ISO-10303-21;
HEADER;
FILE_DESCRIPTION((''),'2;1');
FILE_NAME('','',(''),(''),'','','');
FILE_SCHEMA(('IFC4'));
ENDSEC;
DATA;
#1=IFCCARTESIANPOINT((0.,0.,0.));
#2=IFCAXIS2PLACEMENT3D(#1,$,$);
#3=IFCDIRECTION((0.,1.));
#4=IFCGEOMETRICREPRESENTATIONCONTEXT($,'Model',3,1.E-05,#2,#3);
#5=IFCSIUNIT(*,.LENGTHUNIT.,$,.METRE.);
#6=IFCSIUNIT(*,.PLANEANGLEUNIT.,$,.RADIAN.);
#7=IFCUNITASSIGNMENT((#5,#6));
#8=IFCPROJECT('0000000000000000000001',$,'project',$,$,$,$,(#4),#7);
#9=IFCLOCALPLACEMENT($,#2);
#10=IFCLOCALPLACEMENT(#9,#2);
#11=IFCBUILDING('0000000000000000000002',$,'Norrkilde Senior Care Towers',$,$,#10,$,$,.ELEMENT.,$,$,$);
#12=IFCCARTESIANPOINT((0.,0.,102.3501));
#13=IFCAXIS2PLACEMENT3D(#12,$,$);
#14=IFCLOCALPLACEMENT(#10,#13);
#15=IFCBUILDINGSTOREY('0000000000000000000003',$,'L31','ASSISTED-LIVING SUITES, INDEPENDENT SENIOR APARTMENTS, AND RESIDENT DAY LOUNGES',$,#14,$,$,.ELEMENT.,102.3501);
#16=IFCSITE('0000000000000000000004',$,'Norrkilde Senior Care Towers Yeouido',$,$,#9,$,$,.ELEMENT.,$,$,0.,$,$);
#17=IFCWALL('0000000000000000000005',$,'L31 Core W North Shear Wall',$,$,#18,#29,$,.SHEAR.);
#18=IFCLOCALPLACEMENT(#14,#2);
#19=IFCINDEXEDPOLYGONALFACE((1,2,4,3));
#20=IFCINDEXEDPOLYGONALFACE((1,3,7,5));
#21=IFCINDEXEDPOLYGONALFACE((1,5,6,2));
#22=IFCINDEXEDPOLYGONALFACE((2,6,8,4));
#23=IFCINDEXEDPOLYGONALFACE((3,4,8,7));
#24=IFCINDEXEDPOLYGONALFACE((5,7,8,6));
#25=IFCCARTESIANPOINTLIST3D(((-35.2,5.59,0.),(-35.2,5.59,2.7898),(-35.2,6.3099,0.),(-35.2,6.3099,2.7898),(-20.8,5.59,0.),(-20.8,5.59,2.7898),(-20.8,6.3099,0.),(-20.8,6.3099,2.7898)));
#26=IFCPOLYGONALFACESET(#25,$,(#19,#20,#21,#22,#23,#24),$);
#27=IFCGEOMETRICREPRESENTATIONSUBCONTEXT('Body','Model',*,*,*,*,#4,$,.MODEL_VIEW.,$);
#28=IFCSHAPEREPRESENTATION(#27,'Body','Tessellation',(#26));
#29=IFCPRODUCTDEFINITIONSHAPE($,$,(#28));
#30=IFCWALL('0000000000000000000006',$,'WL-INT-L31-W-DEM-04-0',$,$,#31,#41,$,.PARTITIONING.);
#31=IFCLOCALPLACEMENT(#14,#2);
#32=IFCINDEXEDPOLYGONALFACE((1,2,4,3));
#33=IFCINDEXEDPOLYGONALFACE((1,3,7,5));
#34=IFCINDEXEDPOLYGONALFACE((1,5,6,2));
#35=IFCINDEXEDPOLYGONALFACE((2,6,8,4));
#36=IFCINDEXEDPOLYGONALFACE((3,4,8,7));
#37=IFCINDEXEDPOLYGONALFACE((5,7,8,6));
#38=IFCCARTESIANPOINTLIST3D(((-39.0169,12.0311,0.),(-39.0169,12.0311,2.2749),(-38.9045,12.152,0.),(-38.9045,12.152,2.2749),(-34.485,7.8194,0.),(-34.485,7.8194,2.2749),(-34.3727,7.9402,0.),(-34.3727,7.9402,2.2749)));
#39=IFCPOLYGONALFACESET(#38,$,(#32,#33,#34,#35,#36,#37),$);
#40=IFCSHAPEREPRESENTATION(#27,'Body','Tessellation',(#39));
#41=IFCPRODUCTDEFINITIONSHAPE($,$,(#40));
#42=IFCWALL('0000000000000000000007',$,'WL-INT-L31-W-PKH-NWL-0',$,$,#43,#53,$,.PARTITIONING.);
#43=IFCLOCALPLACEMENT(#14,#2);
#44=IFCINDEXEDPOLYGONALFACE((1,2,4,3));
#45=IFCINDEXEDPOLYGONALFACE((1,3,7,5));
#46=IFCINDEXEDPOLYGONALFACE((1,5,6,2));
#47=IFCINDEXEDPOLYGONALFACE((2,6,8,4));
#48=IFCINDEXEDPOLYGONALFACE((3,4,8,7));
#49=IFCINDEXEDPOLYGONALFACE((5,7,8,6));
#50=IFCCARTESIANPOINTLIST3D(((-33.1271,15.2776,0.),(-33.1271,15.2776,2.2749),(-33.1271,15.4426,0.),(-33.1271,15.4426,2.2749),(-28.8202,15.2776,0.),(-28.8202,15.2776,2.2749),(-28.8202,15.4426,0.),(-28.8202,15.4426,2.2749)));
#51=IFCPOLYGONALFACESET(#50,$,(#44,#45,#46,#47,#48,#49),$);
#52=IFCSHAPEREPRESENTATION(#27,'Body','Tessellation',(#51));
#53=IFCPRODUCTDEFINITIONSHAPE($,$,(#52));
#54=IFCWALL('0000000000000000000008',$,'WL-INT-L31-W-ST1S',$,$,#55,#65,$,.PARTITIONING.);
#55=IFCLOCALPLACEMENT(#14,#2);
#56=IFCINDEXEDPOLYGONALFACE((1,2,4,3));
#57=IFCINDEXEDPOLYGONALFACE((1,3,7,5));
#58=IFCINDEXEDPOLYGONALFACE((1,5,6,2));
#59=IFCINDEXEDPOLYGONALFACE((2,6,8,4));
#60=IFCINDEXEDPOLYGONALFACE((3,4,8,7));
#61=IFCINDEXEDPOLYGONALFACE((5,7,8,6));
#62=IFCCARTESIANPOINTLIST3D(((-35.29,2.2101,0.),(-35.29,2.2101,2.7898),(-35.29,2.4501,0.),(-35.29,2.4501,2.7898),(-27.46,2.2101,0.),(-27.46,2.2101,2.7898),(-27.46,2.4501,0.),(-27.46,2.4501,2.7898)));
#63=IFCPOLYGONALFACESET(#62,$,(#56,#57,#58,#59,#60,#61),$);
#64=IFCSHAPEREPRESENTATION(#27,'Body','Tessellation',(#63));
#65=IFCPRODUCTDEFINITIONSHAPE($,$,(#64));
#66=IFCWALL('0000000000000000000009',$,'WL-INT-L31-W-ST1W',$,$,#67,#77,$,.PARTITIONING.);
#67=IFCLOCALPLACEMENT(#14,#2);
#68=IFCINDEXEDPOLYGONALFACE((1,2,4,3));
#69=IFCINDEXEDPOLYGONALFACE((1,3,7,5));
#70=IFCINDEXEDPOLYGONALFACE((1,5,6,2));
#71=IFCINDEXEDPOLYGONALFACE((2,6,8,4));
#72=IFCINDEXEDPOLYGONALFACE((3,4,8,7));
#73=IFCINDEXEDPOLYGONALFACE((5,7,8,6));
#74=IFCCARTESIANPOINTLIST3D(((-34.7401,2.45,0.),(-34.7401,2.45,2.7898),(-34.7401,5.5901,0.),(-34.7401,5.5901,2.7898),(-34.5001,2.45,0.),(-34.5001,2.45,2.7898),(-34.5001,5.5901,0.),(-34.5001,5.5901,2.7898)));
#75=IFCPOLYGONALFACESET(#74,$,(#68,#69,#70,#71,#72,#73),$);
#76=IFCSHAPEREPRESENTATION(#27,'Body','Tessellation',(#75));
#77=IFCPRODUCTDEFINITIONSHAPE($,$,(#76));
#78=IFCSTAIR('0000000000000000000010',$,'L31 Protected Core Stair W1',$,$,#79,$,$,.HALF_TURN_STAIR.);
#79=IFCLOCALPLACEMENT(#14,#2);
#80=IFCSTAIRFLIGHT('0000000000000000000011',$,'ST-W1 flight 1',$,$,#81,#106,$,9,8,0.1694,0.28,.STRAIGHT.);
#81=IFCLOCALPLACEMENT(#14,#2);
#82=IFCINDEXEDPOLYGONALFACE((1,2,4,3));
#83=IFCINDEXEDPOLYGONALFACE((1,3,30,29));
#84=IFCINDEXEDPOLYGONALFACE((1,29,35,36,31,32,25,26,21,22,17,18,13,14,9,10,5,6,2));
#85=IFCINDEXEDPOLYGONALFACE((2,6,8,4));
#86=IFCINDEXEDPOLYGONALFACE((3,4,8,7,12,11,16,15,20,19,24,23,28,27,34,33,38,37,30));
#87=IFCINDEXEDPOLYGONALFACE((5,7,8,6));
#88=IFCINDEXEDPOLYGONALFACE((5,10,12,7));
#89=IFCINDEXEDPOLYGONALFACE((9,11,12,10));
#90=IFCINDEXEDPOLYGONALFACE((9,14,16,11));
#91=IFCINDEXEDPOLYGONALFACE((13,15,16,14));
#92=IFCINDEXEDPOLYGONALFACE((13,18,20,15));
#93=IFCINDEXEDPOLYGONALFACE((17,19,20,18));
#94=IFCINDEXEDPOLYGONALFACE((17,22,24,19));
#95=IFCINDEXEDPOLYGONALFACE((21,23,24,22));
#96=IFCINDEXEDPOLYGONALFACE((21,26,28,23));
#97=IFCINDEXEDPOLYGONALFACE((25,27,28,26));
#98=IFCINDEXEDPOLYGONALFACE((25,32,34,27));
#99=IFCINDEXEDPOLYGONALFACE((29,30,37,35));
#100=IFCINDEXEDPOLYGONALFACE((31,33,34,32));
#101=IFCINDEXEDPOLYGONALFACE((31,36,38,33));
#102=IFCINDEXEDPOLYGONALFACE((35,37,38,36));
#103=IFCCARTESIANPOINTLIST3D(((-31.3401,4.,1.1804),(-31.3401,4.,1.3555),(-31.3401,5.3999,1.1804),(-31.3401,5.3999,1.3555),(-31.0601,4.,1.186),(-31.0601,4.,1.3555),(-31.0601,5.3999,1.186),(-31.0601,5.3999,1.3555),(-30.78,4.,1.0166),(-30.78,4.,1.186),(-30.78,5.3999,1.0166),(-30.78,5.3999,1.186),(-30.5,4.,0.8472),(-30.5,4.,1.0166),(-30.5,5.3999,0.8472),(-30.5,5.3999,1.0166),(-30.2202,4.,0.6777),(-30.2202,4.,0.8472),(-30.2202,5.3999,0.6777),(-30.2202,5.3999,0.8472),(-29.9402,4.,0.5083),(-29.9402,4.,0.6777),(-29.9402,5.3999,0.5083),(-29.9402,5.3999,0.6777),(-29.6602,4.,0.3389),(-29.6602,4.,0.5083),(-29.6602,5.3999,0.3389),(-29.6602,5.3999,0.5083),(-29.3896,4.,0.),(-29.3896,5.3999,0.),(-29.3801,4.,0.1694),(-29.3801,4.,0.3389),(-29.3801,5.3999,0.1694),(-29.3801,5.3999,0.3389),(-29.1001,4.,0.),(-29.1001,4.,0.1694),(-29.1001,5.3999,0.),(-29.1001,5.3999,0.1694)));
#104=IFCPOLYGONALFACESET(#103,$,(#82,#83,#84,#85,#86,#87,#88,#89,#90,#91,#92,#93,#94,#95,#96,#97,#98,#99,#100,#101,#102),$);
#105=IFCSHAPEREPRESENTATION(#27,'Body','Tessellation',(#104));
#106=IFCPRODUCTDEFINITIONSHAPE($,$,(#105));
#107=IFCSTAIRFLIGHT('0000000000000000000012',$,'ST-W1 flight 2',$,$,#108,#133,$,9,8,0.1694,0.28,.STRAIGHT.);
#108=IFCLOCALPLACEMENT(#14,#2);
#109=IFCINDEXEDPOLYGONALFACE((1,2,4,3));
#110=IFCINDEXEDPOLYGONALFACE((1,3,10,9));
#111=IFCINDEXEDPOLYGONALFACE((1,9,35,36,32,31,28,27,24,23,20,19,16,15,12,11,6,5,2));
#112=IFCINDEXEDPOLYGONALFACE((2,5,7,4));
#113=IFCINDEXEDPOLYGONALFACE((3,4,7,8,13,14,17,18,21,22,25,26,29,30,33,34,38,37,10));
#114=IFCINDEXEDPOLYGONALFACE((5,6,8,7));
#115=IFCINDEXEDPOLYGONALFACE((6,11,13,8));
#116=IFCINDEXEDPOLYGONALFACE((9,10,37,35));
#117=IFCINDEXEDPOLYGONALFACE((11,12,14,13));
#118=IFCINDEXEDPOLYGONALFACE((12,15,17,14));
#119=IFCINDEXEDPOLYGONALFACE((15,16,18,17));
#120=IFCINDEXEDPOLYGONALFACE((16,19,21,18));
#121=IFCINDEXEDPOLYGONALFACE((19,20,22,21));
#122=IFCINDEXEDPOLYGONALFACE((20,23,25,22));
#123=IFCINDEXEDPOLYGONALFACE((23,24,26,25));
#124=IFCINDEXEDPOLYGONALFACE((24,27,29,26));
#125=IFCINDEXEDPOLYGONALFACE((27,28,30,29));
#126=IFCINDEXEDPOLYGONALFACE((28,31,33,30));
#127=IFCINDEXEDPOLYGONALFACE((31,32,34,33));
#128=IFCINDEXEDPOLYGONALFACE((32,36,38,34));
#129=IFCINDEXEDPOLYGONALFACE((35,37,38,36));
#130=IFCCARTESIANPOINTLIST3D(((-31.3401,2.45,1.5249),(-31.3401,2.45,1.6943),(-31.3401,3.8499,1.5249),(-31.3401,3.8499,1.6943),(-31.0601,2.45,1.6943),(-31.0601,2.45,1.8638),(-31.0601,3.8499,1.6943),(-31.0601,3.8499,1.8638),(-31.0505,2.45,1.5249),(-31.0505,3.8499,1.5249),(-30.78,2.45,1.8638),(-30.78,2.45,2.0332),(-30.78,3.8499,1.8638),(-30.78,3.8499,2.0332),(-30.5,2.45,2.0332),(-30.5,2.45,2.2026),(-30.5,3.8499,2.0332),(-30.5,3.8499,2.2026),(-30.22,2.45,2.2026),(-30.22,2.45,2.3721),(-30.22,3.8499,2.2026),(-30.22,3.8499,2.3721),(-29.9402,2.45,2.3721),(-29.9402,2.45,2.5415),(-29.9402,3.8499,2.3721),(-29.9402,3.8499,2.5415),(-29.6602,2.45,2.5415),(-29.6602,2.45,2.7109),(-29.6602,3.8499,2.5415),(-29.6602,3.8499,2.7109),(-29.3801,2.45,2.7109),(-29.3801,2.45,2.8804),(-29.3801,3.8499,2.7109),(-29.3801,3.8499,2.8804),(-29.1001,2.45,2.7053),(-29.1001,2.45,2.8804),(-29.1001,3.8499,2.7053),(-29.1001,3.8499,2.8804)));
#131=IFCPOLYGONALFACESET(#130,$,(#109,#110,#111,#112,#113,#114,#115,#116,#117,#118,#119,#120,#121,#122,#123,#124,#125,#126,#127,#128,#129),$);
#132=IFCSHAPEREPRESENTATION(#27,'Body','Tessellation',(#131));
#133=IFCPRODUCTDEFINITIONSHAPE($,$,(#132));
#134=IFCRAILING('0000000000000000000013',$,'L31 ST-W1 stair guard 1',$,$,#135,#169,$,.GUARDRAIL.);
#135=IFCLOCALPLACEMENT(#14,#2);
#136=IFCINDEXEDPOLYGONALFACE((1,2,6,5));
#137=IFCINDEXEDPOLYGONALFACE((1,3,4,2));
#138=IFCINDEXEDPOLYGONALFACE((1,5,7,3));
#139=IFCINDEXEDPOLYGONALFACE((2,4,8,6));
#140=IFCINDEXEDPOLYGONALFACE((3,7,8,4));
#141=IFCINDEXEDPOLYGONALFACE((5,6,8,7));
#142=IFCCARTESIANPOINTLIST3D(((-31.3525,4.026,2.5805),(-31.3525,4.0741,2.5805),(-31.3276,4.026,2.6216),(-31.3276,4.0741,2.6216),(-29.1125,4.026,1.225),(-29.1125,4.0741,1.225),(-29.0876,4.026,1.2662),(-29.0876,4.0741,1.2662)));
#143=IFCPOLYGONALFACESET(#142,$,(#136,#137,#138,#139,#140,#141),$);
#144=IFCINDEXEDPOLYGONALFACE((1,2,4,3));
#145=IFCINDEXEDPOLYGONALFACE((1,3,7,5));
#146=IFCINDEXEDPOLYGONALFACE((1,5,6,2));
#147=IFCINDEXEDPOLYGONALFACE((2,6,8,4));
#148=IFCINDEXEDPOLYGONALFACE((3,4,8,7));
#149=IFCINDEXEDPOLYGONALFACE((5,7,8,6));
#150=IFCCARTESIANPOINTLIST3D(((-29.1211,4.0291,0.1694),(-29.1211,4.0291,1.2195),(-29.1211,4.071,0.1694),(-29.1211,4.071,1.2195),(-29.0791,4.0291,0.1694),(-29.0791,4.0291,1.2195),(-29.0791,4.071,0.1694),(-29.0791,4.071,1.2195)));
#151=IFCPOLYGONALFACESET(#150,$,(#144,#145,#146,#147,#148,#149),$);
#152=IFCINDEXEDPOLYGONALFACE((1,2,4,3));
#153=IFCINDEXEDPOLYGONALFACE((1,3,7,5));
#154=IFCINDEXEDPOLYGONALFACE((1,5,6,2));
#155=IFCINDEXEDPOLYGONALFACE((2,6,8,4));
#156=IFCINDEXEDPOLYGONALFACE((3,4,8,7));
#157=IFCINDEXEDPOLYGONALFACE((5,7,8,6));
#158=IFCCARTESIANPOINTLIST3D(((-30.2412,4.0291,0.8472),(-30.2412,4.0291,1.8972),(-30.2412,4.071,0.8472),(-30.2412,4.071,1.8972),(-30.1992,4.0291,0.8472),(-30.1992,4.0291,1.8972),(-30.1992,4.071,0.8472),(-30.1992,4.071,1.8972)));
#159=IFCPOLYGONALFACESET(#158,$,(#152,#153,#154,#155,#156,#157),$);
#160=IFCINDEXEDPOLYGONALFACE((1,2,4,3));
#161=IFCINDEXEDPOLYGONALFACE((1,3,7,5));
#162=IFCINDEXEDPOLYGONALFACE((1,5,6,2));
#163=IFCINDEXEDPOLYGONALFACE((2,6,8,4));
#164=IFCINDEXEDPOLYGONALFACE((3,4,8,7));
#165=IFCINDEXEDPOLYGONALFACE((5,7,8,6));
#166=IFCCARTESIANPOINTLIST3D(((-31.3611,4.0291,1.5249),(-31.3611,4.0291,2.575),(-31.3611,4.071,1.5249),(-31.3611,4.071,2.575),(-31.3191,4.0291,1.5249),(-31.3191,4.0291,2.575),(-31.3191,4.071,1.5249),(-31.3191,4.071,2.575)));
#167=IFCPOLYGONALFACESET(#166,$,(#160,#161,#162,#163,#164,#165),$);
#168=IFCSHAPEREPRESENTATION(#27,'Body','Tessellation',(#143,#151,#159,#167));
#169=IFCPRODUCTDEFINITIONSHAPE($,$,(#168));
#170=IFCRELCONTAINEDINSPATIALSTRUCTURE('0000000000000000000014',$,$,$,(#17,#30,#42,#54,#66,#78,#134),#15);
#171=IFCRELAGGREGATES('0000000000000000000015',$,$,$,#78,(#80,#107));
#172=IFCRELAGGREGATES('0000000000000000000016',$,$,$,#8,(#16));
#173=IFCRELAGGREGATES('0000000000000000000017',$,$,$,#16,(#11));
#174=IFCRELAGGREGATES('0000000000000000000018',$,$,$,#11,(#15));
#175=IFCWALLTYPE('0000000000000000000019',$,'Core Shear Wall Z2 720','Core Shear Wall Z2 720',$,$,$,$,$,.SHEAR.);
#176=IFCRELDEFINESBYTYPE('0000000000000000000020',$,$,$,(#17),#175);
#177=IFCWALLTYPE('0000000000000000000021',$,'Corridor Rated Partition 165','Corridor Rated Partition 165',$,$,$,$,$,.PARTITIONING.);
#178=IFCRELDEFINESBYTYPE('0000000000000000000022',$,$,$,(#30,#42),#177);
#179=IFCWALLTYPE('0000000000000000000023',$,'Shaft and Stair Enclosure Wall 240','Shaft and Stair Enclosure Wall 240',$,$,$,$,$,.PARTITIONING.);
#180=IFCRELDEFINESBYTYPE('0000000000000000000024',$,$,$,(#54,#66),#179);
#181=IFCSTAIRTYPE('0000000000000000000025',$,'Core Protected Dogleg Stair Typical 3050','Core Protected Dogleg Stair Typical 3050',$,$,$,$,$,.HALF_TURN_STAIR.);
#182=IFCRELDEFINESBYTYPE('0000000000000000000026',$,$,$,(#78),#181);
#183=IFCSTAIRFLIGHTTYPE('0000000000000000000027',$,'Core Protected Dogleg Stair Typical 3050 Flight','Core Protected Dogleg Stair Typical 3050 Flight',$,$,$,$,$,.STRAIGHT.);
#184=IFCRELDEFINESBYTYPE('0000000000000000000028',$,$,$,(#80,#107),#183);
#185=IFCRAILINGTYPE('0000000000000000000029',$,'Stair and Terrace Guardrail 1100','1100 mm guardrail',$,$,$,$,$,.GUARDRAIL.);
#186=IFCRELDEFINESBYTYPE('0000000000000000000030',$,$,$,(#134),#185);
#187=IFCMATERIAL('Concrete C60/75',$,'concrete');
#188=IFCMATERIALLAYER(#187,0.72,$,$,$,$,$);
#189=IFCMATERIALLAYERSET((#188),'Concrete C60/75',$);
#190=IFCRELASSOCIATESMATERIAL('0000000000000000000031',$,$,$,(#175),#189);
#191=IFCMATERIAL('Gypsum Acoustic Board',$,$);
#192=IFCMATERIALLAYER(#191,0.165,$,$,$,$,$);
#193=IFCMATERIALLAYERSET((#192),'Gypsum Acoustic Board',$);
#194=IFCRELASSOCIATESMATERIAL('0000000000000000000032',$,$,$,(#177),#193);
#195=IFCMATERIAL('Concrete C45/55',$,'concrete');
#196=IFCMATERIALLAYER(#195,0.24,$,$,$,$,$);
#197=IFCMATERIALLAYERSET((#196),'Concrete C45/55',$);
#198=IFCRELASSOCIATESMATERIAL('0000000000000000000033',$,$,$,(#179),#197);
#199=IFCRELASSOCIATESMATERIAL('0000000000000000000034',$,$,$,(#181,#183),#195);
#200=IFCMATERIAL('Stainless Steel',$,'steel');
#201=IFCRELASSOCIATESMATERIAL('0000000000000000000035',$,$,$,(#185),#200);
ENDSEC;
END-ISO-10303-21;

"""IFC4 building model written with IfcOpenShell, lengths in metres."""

from ifc_helpers import new_model, si_unit, direction, frame, frame_2d, origin, origin_2d, place, context, subcontext, project, spatial, polyline, rectangle, outline, extrude, source, transform, mapped, material, layer, layer_set, type_object, type_shapes, element, aggregate, save


model = new_model("IFC4")

# Units and contexts
model_context = context("Model", 3, precision=1e-05, world=origin(), true_north=direction((0.0, 1.0)))
body_context = subcontext(model_context, "Body", "Model", "MODEL_VIEW")
ifc_project = project(units=[si_unit("LENGTHUNIT", "METRE"), si_unit("PLANEANGLEUNIT", "RADIAN")], contexts=[model_context])

# Site, building, storey
site_placement = place(None, origin())
site = spatial("IfcSite", under=ifc_project, at=site_placement, Name="Norrkilde Senior Care Towers Yeouido", CompositionType="ELEMENT", RefElevation=0.0)
building_placement = place(site_placement, origin())
building = spatial("IfcBuilding", under=site, at=building_placement, Name="Norrkilde Senior Care Towers", CompositionType="ELEMENT")
storey_placement = place(building_placement, frame((0.0, 0.0, 102.3501)))
storey = spatial("IfcBuildingStorey", under=building, at=storey_placement, Name="L31", Description="ASSISTED-LIVING SUITES, INDEPENDENT SENIOR APARTMENTS, AND RESIDENT DAY LOUNGES", CompositionType="ELEMENT", Elevation=102.3501)

# Shared definitions
ifc_material_1 = material(Name="Concrete C60/75", Category="concrete")

# Walls
ifc_layer_1 = layer(ifc_material_1, 0.72)
ifc_layer_set_1 = layer_set([ifc_layer_1], Name="Concrete C60/75")
wall_type_1 = type_object("IfcWallType", Name="Core Shear Wall Z2 720", Description="Core Shear Wall Z2 720", PredefinedType="SHEAR", material=ifc_layer_set_1)
shared_shape_1 = source(origin(), body_context, "Body", "SweptSolid", [
    extrude(rectangle(XDim=14.3999, YDim=0.72, at=frame_2d((7.2, 0.0))), origin(), (0.0, 0.0, 1.0), 2.7898),
])
type_shapes(wall_type_1, [shared_shape_1])
wall_1_placement = place(storey_placement, frame((-35.2, 5.95, 0.0), z_axis=(0.0, 0.0, 1.0), x_axis=(1.0, 0.0, 0.0)))
element("IfcWall", 1, at=wall_1_placement, inside=storey, type_object=wall_type_1, Name="L31 Core W North Shear Wall", PredefinedType="SHEAR", context=body_context, shape_type="MappedRepresentation", body=[
    mapped(shared_shape_1, transform((0.0, 0.0, 0.0), x_axis=(1.0, 0.0, 0.0), y_axis=(0.0, 1.0, 0.0), z_axis=(0.0, 0.0, 1.0), scale=1.0)),
])
ifc_material_2 = material(Name="Gypsum Acoustic Board")
ifc_layer_2 = layer(ifc_material_2, 0.165)
ifc_layer_set_2 = layer_set([ifc_layer_2], Name="Gypsum Acoustic Board")
wall_type_2 = type_object("IfcWallType", Name="Corridor Rated Partition 165", Description="Corridor Rated Partition 165", PredefinedType="PARTITIONING", material=ifc_layer_set_2)
shared_shape_2 = source(origin(), body_context, "Body", "SweptSolid", [
    extrude(rectangle(XDim=6.1868, YDim=0.165, at=frame_2d((3.0933, 0.0))), origin(), (0.0, 0.0, 1.0), 2.2749),
])
wall_2_placement = place(storey_placement, frame((-34.429, 7.8799, 0.0), z_axis=(0.0, 0.0, 1.0), x_axis=(-0.732501, 0.680766, 0.0)))
element("IfcWall", 2, at=wall_2_placement, inside=storey, type_object=wall_type_2, Name="WL-INT-L31-W-DEM-04-0", PredefinedType="PARTITIONING", context=body_context, shape_type="MappedRepresentation", body=[
    mapped(shared_shape_2, transform((0.0, 0.0, 0.0), x_axis=(1.0, 0.0, 0.0), y_axis=(0.0, 1.0, 0.0), z_axis=(0.0, 0.0, 1.0), scale=1.0)),
])
shared_shape_3 = source(origin(), body_context, "Body", "SweptSolid", [
    extrude(rectangle(XDim=4.3069, YDim=0.165, at=frame_2d((2.1533, 0.0))), origin(), (0.0, 0.0, 1.0), 2.2749),
])
type_shapes(wall_type_2, [shared_shape_2, shared_shape_3])
wall_3_placement = place(storey_placement, frame((-33.127, 15.3601, 0.0), z_axis=(0.0, 0.0, 1.0), x_axis=(1.0, 0.0, 0.0)))
element("IfcWall", 3, at=wall_3_placement, inside=storey, type_object=wall_type_2, Name="WL-INT-L31-W-PKH-NWL-0", PredefinedType="PARTITIONING", context=body_context, shape_type="MappedRepresentation", body=[
    mapped(shared_shape_3, transform((0.0, 0.0, 0.0), x_axis=(1.0, 0.0, 0.0), y_axis=(0.0, 1.0, 0.0), z_axis=(0.0, 0.0, 1.0), scale=1.0)),
])
ifc_material_3 = material(Name="Concrete C45/55", Category="concrete")
ifc_layer_3 = layer(ifc_material_3, 0.24)
ifc_layer_set_3 = layer_set([ifc_layer_3], Name="Concrete C45/55")
wall_type_3 = type_object("IfcWallType", Name="Shaft and Stair Enclosure Wall 240", Description="Shaft and Stair Enclosure Wall 240", PredefinedType="PARTITIONING", material=ifc_layer_set_3)
shared_shape_4 = source(origin(), body_context, "Body", "SweptSolid", [
    extrude(rectangle(XDim=7.8301, YDim=0.24, at=frame_2d((3.915, 0.0))), origin(), (0.0, 0.0, 1.0), 2.7898),
])
wall_4_placement = place(storey_placement, frame((-35.29, 2.3301, 0.0), z_axis=(0.0, 0.0, 1.0), x_axis=(1.0, 0.0, 0.0)))
element("IfcWall", 4, at=wall_4_placement, inside=storey, type_object=wall_type_3, Name="WL-INT-L31-W-ST1S", PredefinedType="PARTITIONING", context=body_context, shape_type="MappedRepresentation", body=[
    mapped(shared_shape_4, transform((0.0, 0.0, 0.0), x_axis=(1.0, 0.0, 0.0), y_axis=(0.0, 1.0, 0.0), z_axis=(0.0, 0.0, 1.0), scale=1.0)),
])
shared_shape_5 = source(origin(), body_context, "Body", "SweptSolid", [
    extrude(rectangle(XDim=3.1401, YDim=0.24, at=frame_2d((1.5701, 0.0))), origin(), (0.0, 0.0, 1.0), 2.7898),
])
type_shapes(wall_type_3, [shared_shape_4, shared_shape_5])
wall_5_placement = place(storey_placement, frame((-34.6201, 2.45, 0.0), z_axis=(0.0, 0.0, 1.0), x_axis=(0.0, 1.0, 0.0)))
element("IfcWall", 5, at=wall_5_placement, inside=storey, type_object=wall_type_3, Name="WL-INT-L31-W-ST1W", PredefinedType="PARTITIONING", context=body_context, shape_type="MappedRepresentation", body=[
    mapped(shared_shape_5, transform((0.0, 0.0, 0.0), x_axis=(1.0, 0.0, 0.0), y_axis=(0.0, 1.0, 0.0), z_axis=(0.0, 0.0, 1.0), scale=1.0)),
])

# Stair, stair flights
stair_type = type_object("IfcStairType", Name="Core Protected Dogleg Stair Typical 3050", Description="Core Protected Dogleg Stair Typical 3050", PredefinedType="HALF_TURN_STAIR", material=ifc_material_3)
stair_placement = place(storey_placement, origin())
stair = element("IfcStair", 6, at=stair_placement, inside=storey, type_object=stair_type, Name="L31 Protected Core Stair W1", PredefinedType="HALF_TURN_STAIR")
stair_flight_type = type_object("IfcStairFlightType", Name="Core Protected Dogleg Stair Typical 3050 Flight", Description="Core Protected Dogleg Stair Typical 3050 Flight", PredefinedType="STRAIGHT", material=ifc_material_3)
stair_flight_1_placement = place(storey_placement, frame((-29.1001, 4.7, 0.0), z_axis=(0.0, 0.0, 1.0), x_axis=(-1.0, 0.0, 0.0)))
stair_flight_1 = element("IfcStairFlight", 7, at=stair_flight_1_placement, type_object=stair_flight_type, Name="ST-W1 flight 1", NumberOfRisers=9, NumberOfTreads=8, PredefinedType="STRAIGHT", RiserHeight=0.1694, TreadLength=0.28, context=body_context, shape_type="SweptSolid", body=[
    extrude(outline(polyline([(0.0, 0.0), (0.0, 0.1694), (0.28, 0.1694), (0.28, 0.3389), (0.5601, 0.3389), (0.5601, 0.5083), (0.8401, 0.5083), (0.8401, 0.6777), (1.1201, 0.6777), (1.1201, 0.8472), (1.3999, 0.8472), (1.3999, 1.0166), (1.6799, 1.0166), (1.6799, 1.186), (1.96, 1.186), (1.96, 1.3555), (2.24, 1.3555), (2.24, 1.5249), (2.24, 1.1804), (0.2896, 0.0), (0.0, 0.0)])), frame((0.0, 0.7, 0.0), z_axis=(0.0, -1.0, 0.0), x_axis=(1.0, 0.0, 0.0)), (0.0, 0.0, 1.0), 1.3999),
])
stair_flight_2_placement = place(storey_placement, frame((-31.3401, 3.1499, 1.5249), z_axis=(0.0, 0.0, 1.0), x_axis=(1.0, 0.0, 0.0)))
stair_flight_2 = element("IfcStairFlight", 8, at=stair_flight_2_placement, type_object=stair_flight_type, Name="ST-W1 flight 2", NumberOfRisers=9, NumberOfTreads=8, PredefinedType="STRAIGHT", RiserHeight=0.1694, TreadLength=0.28, context=body_context, shape_type="SweptSolid", body=[
    extrude(outline(polyline([(0.0, 0.0), (0.0, 0.1694), (0.28, 0.1694), (0.28, 0.3389), (0.5601, 0.3389), (0.5601, 0.5083), (0.8401, 0.5083), (0.8401, 0.6777), (1.1201, 0.6777), (1.1201, 0.8472), (1.3999, 0.8472), (1.3999, 1.0166), (1.6799, 1.0166), (1.6799, 1.186), (1.96, 1.186), (1.96, 1.3555), (2.24, 1.3555), (2.24, 1.5249), (2.24, 1.1804), (0.2896, 0.0), (0.0, 0.0)])), frame((0.0, 0.7, 0.0), z_axis=(0.0, -1.0, 0.0), x_axis=(1.0, 0.0, 0.0)), (0.0, 0.0, 1.0), 1.3999),
])
aggregate(stair, [stair_flight_1, stair_flight_2])

# Railing
ifc_material_4 = material(Name="Stainless Steel", Category="steel")
railing_type_1 = type_object("IfcRailingType", Name="Stair and Terrace Guardrail 1100", Description="1100 mm guardrail", PredefinedType="GUARDRAIL", material=ifc_material_4)
railing_1_placement = place(storey_placement, frame((-29.1001, 4.05, 0.1694)))
element("IfcRailing", 9, at=railing_1_placement, inside=storey, type_object=railing_type_1, Name="L31 ST-W1 stair guard 1", PredefinedType="GUARDRAIL", context=body_context, shape_type="SweptSolid", body=[
    extrude(rectangle(XDim=0.0481, YDim=0.0481, at=origin_2d()), frame((0.0, 0.0, 1.0762), z_axis=(-0.855553, 0.0, 0.517715), x_axis=(0.0, -1.0, 0.0)), (0.0, 0.0, 1.0), 2.6182),
    extrude(rectangle(XDim=0.042, YDim=0.042, at=origin_2d()), origin(), (0.0, 0.0, 1.0), 1.05),
    extrude(rectangle(XDim=0.042, YDim=0.042, at=origin_2d()), frame((-1.1201, 0.0, 0.6777)), (0.0, 0.0, 1.0), 1.05),
    extrude(rectangle(XDim=0.042, YDim=0.042, at=origin_2d()), frame((-2.24, 0.0, 1.3555)), (0.0, 0.0, 1.0), 1.05),
])

save(model, "model.ifc")
